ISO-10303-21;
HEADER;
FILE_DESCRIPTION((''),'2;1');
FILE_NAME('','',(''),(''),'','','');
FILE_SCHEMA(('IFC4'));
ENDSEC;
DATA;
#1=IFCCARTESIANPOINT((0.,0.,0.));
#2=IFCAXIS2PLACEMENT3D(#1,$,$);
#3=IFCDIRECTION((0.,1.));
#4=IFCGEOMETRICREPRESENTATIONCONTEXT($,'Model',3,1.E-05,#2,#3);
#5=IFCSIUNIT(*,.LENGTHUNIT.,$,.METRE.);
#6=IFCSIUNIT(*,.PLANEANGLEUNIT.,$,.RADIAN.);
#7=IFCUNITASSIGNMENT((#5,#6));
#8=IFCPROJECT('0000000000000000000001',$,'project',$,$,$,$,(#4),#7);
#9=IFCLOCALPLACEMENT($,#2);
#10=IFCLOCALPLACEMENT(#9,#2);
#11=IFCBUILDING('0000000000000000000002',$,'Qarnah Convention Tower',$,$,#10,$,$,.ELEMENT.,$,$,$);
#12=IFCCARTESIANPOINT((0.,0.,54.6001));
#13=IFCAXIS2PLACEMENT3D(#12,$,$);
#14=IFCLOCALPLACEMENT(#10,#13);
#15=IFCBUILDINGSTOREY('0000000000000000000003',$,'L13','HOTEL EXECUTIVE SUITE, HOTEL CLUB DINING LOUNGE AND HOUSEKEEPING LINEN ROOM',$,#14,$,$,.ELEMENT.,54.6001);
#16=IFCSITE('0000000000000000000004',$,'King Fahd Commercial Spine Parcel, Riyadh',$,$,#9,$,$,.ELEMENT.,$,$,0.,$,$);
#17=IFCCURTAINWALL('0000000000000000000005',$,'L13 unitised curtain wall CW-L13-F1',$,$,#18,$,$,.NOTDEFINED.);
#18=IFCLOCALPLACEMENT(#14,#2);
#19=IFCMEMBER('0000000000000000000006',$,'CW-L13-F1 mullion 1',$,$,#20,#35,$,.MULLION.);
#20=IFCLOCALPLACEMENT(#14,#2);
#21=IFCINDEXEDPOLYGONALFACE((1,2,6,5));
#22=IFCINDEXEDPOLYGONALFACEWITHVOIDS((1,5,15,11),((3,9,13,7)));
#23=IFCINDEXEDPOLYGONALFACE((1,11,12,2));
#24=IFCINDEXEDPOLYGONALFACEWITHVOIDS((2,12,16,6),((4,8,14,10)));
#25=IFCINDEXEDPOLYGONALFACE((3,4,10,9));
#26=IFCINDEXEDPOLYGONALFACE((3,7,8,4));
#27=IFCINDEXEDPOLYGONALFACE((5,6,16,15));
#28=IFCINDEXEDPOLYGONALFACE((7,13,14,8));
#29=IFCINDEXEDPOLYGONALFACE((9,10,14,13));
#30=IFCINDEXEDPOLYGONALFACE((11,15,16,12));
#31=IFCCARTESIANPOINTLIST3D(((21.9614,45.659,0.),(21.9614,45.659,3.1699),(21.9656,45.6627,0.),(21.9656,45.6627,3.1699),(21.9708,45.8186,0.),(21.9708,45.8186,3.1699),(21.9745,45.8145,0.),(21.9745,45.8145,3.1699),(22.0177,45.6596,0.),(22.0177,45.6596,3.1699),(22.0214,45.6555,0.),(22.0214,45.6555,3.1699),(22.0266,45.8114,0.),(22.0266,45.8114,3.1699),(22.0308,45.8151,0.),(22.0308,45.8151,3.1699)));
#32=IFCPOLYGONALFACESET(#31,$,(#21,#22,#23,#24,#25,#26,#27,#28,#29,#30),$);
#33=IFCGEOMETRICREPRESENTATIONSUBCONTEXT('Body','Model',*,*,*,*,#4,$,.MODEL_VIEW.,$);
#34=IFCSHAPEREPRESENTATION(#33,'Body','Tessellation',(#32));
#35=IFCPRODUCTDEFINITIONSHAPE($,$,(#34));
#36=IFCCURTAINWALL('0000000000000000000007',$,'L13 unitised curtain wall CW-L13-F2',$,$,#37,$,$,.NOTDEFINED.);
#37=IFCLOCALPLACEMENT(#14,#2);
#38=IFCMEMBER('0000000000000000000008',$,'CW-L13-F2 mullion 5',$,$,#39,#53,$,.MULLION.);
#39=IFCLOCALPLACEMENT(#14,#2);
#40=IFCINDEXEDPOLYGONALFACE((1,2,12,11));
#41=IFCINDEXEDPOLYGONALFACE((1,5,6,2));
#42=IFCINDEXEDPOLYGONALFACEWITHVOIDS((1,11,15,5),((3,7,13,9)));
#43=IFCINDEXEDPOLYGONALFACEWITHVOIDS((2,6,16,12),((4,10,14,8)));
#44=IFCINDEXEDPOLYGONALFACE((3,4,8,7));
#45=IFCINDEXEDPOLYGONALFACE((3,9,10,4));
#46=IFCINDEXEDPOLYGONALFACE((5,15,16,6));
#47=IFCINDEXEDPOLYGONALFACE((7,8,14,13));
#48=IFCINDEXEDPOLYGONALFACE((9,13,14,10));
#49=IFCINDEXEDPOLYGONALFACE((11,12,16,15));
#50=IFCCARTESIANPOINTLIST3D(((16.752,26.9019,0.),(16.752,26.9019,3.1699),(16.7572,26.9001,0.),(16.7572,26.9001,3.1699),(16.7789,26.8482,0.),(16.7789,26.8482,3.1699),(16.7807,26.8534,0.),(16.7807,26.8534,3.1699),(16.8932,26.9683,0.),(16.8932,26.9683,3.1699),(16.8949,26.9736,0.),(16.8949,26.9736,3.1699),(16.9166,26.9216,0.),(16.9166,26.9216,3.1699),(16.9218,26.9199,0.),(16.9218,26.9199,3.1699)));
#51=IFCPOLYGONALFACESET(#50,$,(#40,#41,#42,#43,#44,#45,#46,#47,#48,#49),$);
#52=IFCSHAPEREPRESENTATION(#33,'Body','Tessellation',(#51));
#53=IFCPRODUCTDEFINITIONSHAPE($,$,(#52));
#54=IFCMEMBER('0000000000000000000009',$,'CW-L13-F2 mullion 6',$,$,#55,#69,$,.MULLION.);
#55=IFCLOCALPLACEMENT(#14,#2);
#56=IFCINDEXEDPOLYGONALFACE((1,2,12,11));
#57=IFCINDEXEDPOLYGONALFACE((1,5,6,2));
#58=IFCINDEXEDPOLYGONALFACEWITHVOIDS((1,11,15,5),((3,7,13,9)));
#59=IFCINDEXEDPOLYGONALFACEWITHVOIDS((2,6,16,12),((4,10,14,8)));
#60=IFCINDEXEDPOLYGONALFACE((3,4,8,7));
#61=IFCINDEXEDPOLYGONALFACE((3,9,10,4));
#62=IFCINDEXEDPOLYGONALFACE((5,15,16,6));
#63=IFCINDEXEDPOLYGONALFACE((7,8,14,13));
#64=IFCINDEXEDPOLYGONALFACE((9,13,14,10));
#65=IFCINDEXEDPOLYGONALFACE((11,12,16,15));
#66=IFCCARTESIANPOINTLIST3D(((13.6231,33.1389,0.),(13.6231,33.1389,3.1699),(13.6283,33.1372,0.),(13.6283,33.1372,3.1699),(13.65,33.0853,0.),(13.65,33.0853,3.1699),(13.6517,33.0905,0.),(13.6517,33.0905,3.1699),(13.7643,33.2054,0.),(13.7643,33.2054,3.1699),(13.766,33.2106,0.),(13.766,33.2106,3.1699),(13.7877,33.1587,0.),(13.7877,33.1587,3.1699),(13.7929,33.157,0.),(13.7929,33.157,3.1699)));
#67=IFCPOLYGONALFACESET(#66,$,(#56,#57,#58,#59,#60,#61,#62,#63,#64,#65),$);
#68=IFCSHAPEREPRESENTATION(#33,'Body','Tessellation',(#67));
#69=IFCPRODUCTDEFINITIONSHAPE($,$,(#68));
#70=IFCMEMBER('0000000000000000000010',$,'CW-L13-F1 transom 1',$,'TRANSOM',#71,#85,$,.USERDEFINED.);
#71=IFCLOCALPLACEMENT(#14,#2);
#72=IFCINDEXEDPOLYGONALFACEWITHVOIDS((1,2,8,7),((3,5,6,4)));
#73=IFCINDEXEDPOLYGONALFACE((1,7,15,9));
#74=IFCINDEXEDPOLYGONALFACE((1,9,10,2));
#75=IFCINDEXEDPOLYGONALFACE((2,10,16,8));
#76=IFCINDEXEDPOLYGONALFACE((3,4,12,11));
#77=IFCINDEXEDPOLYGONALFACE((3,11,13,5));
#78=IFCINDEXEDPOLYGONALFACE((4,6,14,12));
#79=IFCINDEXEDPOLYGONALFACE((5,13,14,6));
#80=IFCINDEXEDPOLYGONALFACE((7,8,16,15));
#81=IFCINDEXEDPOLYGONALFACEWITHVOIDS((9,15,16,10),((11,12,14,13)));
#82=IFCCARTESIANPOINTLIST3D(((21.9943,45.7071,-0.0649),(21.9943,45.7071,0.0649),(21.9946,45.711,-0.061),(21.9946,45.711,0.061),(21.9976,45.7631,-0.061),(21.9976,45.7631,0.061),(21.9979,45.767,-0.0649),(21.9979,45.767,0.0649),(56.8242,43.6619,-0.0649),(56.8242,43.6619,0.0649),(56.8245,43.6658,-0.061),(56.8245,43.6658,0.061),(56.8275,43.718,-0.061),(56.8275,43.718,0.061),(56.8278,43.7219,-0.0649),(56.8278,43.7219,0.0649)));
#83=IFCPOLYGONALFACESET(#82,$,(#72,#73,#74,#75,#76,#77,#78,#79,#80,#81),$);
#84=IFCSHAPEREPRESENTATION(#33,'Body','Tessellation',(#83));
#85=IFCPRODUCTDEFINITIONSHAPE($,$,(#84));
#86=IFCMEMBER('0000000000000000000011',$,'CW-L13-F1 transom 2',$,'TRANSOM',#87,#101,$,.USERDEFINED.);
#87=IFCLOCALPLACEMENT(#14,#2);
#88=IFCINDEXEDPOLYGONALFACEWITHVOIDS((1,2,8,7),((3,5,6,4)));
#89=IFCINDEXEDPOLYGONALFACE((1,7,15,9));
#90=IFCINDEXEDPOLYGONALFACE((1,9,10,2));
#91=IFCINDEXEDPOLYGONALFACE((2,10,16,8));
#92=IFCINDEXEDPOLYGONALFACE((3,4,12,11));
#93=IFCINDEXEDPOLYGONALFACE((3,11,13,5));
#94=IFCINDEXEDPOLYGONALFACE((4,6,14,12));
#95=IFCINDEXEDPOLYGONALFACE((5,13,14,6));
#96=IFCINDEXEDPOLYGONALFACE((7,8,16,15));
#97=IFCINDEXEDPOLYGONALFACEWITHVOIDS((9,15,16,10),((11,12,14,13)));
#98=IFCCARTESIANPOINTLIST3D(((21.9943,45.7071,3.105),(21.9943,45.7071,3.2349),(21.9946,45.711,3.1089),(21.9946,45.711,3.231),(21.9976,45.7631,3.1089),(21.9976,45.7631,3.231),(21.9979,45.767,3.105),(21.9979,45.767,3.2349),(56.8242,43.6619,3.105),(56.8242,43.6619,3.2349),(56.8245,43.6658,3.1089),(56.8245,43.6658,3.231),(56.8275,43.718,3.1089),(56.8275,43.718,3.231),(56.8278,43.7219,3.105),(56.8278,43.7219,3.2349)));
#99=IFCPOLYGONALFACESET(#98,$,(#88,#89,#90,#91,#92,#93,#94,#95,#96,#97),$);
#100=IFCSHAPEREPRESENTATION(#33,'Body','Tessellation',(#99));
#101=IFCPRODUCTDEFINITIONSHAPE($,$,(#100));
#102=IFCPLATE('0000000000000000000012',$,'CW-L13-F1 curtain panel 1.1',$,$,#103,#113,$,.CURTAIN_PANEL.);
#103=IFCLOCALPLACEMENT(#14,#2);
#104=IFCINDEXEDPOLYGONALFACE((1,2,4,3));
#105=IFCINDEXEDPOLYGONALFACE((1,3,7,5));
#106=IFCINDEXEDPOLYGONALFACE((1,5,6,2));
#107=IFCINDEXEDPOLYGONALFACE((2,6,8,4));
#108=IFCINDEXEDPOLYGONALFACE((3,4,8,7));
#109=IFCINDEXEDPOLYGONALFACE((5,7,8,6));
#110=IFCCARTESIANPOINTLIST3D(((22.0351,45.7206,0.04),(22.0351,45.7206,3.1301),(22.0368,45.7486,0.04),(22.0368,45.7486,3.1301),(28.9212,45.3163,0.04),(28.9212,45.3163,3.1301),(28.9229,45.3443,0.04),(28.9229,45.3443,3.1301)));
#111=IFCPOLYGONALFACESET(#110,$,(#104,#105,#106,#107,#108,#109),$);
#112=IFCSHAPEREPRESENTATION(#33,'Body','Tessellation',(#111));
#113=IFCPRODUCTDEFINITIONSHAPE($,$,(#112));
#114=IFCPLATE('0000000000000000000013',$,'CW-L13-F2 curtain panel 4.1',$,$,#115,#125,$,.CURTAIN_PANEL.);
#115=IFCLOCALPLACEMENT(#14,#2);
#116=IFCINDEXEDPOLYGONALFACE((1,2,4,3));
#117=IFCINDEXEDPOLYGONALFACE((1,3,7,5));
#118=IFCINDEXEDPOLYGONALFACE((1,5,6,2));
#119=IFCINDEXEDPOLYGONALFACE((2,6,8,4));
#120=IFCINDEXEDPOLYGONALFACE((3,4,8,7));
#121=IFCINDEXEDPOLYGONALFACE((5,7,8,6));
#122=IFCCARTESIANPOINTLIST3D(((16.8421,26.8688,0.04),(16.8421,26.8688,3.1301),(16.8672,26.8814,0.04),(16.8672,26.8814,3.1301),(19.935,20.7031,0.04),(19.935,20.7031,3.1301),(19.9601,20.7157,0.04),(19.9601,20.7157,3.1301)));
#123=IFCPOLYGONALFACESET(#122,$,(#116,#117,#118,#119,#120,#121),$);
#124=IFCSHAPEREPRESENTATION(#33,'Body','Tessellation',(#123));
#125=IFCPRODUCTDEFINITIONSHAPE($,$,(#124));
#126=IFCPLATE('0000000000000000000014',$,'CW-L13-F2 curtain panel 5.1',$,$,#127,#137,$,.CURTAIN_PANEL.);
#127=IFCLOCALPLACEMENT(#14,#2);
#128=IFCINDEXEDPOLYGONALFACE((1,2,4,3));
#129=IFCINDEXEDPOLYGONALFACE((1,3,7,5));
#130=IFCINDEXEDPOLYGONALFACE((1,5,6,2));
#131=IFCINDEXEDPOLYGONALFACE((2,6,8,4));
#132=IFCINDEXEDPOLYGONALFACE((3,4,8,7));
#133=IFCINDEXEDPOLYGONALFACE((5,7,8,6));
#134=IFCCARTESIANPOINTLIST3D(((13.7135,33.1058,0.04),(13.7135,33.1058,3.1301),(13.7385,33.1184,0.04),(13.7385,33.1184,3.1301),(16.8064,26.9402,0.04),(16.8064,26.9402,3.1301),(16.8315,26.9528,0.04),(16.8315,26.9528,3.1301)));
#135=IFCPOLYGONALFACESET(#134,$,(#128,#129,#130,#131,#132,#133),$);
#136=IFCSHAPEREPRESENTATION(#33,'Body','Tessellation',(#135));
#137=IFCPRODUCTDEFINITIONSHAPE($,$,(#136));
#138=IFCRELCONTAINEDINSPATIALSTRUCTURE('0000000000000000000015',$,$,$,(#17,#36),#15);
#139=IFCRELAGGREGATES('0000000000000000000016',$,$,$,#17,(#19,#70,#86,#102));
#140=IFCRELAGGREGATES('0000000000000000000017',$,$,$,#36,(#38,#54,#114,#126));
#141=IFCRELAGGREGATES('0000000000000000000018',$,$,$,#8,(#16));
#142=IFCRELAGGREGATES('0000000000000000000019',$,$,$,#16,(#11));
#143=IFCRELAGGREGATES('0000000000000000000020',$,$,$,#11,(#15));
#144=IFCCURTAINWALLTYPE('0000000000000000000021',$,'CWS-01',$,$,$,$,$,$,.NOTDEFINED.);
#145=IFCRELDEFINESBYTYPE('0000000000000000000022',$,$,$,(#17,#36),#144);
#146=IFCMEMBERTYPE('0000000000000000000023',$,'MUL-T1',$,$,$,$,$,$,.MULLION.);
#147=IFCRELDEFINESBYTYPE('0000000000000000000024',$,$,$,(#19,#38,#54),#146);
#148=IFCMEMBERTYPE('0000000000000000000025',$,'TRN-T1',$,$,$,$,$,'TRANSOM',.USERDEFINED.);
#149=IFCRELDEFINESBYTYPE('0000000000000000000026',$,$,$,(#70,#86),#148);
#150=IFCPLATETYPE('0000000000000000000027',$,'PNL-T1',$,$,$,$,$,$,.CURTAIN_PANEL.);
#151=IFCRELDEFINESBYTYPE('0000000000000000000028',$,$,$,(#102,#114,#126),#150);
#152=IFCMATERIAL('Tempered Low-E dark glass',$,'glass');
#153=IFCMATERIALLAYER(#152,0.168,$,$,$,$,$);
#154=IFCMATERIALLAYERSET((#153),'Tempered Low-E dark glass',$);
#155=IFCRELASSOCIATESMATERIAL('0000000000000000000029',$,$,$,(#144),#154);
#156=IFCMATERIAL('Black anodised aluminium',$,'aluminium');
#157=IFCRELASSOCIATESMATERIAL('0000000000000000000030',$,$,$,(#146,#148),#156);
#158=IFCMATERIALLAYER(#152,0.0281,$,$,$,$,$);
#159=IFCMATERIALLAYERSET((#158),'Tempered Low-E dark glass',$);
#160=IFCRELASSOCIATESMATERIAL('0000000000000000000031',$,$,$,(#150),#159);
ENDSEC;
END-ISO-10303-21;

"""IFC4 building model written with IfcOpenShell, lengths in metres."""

from ifc_helpers import new_model, si_unit, direction, frame, origin, origin_2d, place, context, subcontext, project, spatial, rectangle, hollow_rectangle, extrude, material, layer, layer_set, material_profile, profile_set, type_object, element, aggregate, save


model = new_model("IFC4")

# Units and contexts
model_context = context("Model", 3, precision=1e-05, world=origin(), true_north=direction((0.0, 1.0)))
body_context = subcontext(model_context, "Body", "Model", "MODEL_VIEW")
ifc_project = project(units=[si_unit("LENGTHUNIT", "METRE"), si_unit("PLANEANGLEUNIT", "RADIAN")], contexts=[model_context])

# Site, building, storey
site_placement = place(None, origin())
site = spatial("IfcSite", under=ifc_project, at=site_placement, Name="King Fahd Commercial Spine Parcel, Riyadh", CompositionType="ELEMENT", RefElevation=0.0)
building_placement = place(site_placement, origin())
building = spatial("IfcBuilding", under=site, at=building_placement, Name="Qarnah Convention Tower", CompositionType="ELEMENT")
storey_placement = place(building_placement, frame((0.0, 0.0, 54.6001)))
storey = spatial("IfcBuildingStorey", under=building, at=storey_placement, Name="L13", Description="HOTEL EXECUTIVE SUITE, HOTEL CLUB DINING LOUNGE AND HOUSEKEEPING LINEN ROOM", CompositionType="ELEMENT", Elevation=54.6001)

# Curtain wall, member
ifc_material_1 = material(Name="Tempered Low-E dark glass", Category="glass")
ifc_layer_1 = layer(ifc_material_1, 0.168)
ifc_layer_set_1 = layer_set([ifc_layer_1], Name="Tempered Low-E dark glass")
curtain_wall_type = type_object("IfcCurtainWallType", Name="CWS-01", PredefinedType="NOTDEFINED", material=ifc_layer_set_1)
curtain_wall_1_placement = place(storey_placement, origin())
curtain_wall_1 = element("IfcCurtainWall", 1, at=curtain_wall_1_placement, inside=storey, type_object=curtain_wall_type, Name="L13 unitised curtain wall CW-L13-F1", PredefinedType="NOTDEFINED")
ifc_material_2 = material(Name="Black anodised aluminium", Category="aluminium")
ifc_material_profile_1 = material_profile(ifc_material_2, hollow_rectangle(XDim=0.0601, YDim=0.1599, WallThickness=0.0039, at=origin_2d()), Name="MUL-60X160")
ifc_profile_set_1 = profile_set([ifc_material_profile_1], Name="Black anodised aluminium")
member_type_1 = type_object("IfcMemberType", Name="MUL-T1", PredefinedType="MULLION", material=ifc_profile_set_1)
member_1_placement = place(storey_placement, frame((21.9961, 45.7371, 0.0), z_axis=(0.0, 0.0, 1.0), x_axis=(0.998281, -0.058613, 0.0)))
member_1 = element("IfcMember", 2, at=member_1_placement, type_object=member_type_1, Name="CW-L13-F1 mullion 1", PredefinedType="MULLION", context=body_context, shape_type="SweptSolid", body=[
    extrude(hollow_rectangle(XDim=0.0601, YDim=0.1599, WallThickness=0.0039, at=origin_2d()), origin(), (0.0, 0.0, 1.0), 3.1699),
])

# Curtain wall, members
curtain_wall_2_placement = place(storey_placement, origin())
curtain_wall_2 = element("IfcCurtainWall", 3, at=curtain_wall_2_placement, inside=storey, type_object=curtain_wall_type, Name="L13 unitised curtain wall CW-L13-F2", PredefinedType="NOTDEFINED")
member_2_placement = place(storey_placement, frame((16.8369, 26.9109, 0.0), z_axis=(0.0, 0.0, 1.0), x_axis=(-0.448383, 0.893842, 0.0)))
member_2 = element("IfcMember", 4, at=member_2_placement, type_object=member_type_1, Name="CW-L13-F2 mullion 5", PredefinedType="MULLION", context=body_context, shape_type="SweptSolid", body=[
    extrude(hollow_rectangle(XDim=0.0601, YDim=0.1599, WallThickness=0.0039, at=origin_2d()), origin(), (0.0, 0.0, 1.0), 3.1699),
])
member_3_placement = place(storey_placement, frame((13.708, 33.1479, 0.0), z_axis=(0.0, 0.0, 1.0), x_axis=(-0.448383, 0.893842, 0.0)))
member_3 = element("IfcMember", 5, at=member_3_placement, type_object=member_type_1, Name="CW-L13-F2 mullion 6", PredefinedType="MULLION", context=body_context, shape_type="SweptSolid", body=[
    extrude(hollow_rectangle(XDim=0.0601, YDim=0.1599, WallThickness=0.0039, at=origin_2d()), origin(), (0.0, 0.0, 1.0), 3.1699),
])

# Members
ifc_material_profile_2 = material_profile(ifc_material_2, hollow_rectangle(XDim=0.0601, YDim=0.1299, WallThickness=0.0039, at=origin_2d()), Name="TRN-60X130")
ifc_profile_set_2 = profile_set([ifc_material_profile_2], Name="Black anodised aluminium")
member_type_2 = type_object("IfcMemberType", Name="TRN-T1", ElementType="TRANSOM", PredefinedType="USERDEFINED", material=ifc_profile_set_2)
member_4_placement = place(storey_placement, frame((21.9961, 45.7371, 0.0), z_axis=(0.99828, -0.058618, 0.0), x_axis=(0.058618, 0.99828, 0.0)))
member_4 = element("IfcMember", 6, at=member_4_placement, type_object=member_type_2, Name="CW-L13-F1 transom 1", ObjectType="TRANSOM", PredefinedType="USERDEFINED", context=body_context, shape_type="SweptSolid", body=[
    extrude(hollow_rectangle(XDim=0.0601, YDim=0.1299, WallThickness=0.0039, at=origin_2d()), origin(), (0.0, 0.0, 1.0), 34.8899),
])
member_5_placement = place(storey_placement, frame((21.9961, 45.7371, 3.1699), z_axis=(0.99828, -0.058618, 0.0), x_axis=(0.058618, 0.99828, 0.0)))
member_5 = element("IfcMember", 7, at=member_5_placement, type_object=member_type_2, Name="CW-L13-F1 transom 2", ObjectType="TRANSOM", PredefinedType="USERDEFINED", context=body_context, shape_type="SweptSolid", body=[
    extrude(hollow_rectangle(XDim=0.0601, YDim=0.1299, WallThickness=0.0039, at=origin_2d()), origin(), (0.0, 0.0, 1.0), 34.8899),
])

# Plates
ifc_layer_2 = layer(ifc_material_1, 0.0281)
ifc_layer_set_2 = layer_set([ifc_layer_2], Name="Tempered Low-E dark glass")
plate_type = type_object("IfcPlateType", Name="PNL-T1", PredefinedType="CURTAIN_PANEL", material=ifc_layer_set_2)
plate_1_placement = place(storey_placement, frame((25.479, 45.5325, 0.04), z_axis=(0.0, 0.0, 1.0), x_axis=(0.998281, -0.058613, 0.0)))
plate_1 = element("IfcPlate", 8, at=plate_1_placement, type_object=plate_type, Name="CW-L13-F1 curtain panel 1.1", PredefinedType="CURTAIN_PANEL", context=body_context, shape_type="SweptSolid", body=[
    extrude(rectangle(XDim=6.8979, YDim=0.0281, at=origin_2d()), origin(), (0.0, 0.0, 1.0), 3.0901),
])
aggregate(curtain_wall_1, [member_1, member_4, member_5, plate_1])
plate_2_placement = place(storey_placement, frame((18.4011, 23.7922, 0.04), z_axis=(0.0, 0.0, 1.0), x_axis=(-0.448383, 0.893842, 0.0)))
plate_2 = element("IfcPlate", 9, at=plate_2_placement, type_object=plate_type, Name="CW-L13-F2 curtain panel 4.1", PredefinedType="CURTAIN_PANEL", context=body_context, shape_type="SweptSolid", body=[
    extrude(rectangle(XDim=6.8979, YDim=0.0281, at=origin_2d()), origin(), (0.0, 0.0, 1.0), 3.0901),
])
plate_3_placement = place(storey_placement, frame((15.2725, 30.0293, 0.04), z_axis=(0.0, 0.0, 1.0), x_axis=(-0.448383, 0.893842, 0.0)))
plate_3 = element("IfcPlate", 10, at=plate_3_placement, type_object=plate_type, Name="CW-L13-F2 curtain panel 5.1", PredefinedType="CURTAIN_PANEL", context=body_context, shape_type="SweptSolid", body=[
    extrude(rectangle(XDim=6.8979, YDim=0.0281, at=origin_2d()), origin(), (0.0, 0.0, 1.0), 3.0901),
])
aggregate(curtain_wall_2, [member_2, member_3, plate_2, plate_3])

save(model, "model.ifc")
